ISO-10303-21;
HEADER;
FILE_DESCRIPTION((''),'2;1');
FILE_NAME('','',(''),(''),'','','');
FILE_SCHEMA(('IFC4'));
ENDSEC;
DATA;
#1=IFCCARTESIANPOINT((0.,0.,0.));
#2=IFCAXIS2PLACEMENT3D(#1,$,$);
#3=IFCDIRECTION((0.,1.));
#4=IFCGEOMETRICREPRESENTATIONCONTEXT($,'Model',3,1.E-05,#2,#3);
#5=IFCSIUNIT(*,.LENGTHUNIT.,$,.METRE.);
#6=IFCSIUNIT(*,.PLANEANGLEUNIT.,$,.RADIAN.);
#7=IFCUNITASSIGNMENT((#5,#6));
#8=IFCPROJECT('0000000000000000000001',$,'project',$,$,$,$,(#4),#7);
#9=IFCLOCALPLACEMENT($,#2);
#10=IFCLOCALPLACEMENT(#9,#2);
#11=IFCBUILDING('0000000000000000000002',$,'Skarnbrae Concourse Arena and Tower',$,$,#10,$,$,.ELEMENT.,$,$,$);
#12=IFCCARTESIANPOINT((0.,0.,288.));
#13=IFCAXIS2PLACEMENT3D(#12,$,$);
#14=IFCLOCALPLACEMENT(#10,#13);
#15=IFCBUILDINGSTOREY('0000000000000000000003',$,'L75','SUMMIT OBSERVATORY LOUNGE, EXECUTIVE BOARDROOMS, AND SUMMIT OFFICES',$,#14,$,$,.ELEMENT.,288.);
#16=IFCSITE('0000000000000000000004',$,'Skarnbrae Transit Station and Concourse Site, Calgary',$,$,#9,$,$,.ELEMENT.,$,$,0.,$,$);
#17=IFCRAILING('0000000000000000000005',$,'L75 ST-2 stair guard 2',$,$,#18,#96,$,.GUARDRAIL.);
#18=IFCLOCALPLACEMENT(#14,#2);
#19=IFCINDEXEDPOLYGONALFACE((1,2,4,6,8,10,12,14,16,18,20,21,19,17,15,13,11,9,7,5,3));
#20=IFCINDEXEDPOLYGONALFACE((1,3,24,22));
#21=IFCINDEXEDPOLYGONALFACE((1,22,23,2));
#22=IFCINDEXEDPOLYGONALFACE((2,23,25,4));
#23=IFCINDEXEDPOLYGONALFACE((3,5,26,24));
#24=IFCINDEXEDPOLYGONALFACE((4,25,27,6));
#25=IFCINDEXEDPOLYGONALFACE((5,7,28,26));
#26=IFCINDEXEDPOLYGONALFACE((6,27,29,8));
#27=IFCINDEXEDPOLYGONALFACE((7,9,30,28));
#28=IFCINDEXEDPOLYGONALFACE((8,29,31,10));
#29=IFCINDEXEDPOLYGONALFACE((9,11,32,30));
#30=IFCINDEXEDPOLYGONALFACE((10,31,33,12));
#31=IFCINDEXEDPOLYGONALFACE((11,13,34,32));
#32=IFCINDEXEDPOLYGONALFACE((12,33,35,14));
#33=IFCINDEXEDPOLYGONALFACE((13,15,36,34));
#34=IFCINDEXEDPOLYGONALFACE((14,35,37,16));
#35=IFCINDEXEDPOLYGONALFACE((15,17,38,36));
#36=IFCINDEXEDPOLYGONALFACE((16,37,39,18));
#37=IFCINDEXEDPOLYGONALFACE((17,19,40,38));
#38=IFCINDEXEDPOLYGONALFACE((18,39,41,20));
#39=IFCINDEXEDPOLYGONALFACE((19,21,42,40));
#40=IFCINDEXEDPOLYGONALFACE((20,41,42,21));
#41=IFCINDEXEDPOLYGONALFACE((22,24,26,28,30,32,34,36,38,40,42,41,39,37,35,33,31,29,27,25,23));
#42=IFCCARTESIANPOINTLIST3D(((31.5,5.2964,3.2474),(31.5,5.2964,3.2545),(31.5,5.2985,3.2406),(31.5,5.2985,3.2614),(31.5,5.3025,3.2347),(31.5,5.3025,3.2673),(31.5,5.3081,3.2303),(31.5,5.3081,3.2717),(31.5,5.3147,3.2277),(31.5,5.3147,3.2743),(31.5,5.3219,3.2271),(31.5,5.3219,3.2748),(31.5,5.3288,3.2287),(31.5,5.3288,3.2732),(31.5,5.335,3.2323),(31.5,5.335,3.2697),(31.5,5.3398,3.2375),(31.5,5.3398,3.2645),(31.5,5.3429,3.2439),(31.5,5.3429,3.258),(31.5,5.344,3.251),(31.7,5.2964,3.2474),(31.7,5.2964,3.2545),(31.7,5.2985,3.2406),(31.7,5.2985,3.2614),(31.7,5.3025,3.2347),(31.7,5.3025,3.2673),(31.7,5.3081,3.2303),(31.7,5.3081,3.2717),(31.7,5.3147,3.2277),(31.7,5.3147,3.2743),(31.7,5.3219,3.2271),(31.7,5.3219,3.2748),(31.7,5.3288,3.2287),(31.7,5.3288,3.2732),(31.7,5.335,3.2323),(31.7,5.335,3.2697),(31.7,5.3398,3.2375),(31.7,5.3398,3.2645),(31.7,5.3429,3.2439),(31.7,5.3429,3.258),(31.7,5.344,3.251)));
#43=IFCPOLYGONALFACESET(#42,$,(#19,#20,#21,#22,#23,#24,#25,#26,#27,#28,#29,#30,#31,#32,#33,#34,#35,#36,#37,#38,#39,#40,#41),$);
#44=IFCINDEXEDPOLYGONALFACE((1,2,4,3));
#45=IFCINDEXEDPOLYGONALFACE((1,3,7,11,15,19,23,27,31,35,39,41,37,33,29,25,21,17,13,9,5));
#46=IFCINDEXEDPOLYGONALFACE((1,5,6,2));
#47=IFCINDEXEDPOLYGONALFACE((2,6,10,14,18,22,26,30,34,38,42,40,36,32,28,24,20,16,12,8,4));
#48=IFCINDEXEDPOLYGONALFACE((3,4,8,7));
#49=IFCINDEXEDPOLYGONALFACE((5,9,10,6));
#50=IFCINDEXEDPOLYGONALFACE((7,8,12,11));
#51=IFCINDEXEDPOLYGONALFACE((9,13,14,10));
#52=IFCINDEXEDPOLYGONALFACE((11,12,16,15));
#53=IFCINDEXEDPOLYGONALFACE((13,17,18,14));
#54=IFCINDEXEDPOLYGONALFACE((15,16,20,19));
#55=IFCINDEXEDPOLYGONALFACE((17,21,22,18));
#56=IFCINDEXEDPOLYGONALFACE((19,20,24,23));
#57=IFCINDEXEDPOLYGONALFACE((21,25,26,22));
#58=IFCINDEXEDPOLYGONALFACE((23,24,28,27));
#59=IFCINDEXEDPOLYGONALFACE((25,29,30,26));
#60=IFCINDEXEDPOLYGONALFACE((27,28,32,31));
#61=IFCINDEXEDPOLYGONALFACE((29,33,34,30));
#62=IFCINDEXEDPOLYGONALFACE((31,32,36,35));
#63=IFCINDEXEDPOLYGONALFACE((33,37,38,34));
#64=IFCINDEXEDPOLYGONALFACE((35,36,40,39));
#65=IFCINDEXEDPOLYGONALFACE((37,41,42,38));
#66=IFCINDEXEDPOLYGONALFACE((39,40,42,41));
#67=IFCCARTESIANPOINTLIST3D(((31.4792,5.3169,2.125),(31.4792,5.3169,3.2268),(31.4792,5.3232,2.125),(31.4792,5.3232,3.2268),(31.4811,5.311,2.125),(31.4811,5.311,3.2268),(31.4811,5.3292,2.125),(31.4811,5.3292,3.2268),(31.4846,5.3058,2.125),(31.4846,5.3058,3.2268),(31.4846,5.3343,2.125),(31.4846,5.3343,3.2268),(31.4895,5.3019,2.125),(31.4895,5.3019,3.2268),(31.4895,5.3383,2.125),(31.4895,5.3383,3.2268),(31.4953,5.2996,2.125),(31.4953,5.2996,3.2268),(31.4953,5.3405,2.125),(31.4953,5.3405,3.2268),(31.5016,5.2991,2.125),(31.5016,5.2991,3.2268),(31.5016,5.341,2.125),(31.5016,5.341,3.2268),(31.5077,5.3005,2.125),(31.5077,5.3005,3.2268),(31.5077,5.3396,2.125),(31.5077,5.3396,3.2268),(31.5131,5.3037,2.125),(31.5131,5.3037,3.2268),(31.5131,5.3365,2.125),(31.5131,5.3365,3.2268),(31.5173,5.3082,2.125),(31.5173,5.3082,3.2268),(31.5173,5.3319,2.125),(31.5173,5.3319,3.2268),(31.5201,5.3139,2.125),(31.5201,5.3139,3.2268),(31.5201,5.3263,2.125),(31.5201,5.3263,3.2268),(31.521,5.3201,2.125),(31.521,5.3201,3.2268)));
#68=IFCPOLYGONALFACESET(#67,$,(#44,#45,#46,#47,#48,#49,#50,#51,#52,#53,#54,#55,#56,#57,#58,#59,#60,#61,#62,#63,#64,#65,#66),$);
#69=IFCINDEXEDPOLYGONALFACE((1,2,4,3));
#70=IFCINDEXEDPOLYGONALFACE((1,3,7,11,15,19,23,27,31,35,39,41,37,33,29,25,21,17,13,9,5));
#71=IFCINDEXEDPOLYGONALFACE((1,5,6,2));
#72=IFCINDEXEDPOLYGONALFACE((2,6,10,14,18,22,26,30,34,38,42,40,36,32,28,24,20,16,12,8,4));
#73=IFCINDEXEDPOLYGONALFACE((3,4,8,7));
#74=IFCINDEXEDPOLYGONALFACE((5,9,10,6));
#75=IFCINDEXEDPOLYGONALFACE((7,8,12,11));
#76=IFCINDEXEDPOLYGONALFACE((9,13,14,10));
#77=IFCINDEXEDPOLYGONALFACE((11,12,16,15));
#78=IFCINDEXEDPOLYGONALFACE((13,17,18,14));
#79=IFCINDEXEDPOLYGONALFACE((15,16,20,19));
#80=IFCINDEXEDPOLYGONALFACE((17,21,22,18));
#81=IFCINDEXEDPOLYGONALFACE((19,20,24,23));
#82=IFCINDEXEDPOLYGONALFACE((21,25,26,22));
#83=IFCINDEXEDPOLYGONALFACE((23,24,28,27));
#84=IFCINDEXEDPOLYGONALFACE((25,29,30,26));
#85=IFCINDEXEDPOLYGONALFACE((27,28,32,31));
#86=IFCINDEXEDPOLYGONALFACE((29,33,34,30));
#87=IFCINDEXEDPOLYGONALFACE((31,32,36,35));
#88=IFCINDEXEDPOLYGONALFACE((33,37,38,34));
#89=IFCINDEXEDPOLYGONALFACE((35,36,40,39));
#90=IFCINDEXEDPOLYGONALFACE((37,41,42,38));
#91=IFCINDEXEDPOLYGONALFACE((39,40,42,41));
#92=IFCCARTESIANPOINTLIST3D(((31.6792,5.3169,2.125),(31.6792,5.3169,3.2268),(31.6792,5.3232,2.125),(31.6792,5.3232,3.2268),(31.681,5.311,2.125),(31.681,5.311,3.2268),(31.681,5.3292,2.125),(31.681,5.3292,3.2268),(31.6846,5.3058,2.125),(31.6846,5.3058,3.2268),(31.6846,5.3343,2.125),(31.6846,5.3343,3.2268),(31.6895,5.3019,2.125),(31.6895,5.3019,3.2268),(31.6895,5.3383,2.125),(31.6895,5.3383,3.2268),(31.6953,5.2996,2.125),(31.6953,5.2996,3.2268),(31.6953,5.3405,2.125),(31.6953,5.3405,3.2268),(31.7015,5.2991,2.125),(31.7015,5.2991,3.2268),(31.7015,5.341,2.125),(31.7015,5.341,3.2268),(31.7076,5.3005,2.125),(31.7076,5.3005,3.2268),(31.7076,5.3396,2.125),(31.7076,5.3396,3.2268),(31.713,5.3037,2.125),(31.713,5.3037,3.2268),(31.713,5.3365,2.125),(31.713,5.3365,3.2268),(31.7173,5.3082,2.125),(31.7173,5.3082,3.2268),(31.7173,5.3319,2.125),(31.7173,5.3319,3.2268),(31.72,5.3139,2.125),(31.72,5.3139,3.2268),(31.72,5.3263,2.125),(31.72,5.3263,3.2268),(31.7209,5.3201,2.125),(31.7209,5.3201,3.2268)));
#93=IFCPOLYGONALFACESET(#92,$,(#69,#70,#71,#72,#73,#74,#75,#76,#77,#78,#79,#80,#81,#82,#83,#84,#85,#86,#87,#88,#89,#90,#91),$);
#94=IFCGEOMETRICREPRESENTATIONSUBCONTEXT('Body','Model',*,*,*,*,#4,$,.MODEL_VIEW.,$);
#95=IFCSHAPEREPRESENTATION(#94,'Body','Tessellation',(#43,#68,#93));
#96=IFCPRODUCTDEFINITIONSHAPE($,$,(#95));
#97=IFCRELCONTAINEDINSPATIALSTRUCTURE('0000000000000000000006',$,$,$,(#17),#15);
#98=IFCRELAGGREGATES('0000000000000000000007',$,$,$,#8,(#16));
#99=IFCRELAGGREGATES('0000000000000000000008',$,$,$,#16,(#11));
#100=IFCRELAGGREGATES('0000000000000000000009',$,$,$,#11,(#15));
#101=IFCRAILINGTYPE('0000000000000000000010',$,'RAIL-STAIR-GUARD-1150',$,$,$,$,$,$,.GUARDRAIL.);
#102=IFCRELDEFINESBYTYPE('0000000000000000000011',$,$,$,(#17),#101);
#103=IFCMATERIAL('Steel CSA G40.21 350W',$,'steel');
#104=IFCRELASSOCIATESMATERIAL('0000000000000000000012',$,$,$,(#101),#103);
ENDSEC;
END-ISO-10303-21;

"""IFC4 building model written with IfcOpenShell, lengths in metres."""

from ifc_helpers import new_model, si_unit, direction, frame, origin, origin_2d, place, context, subcontext, project, spatial, circle, extrude, material, type_object, element, save


model = new_model("IFC4")

# Units and contexts
model_context = context("Model", 3, precision=1e-05, world=origin(), true_north=direction((0.0, 1.0)))
body_context = subcontext(model_context, "Body", "Model", "MODEL_VIEW")
ifc_project = project(units=[si_unit("LENGTHUNIT", "METRE"), si_unit("PLANEANGLEUNIT", "RADIAN")], contexts=[model_context])

# Site, building, storey
site_placement = place(None, origin())
site = spatial("IfcSite", under=ifc_project, at=site_placement, Name="Skarnbrae Transit Station and Concourse Site, Calgary", CompositionType="ELEMENT", RefElevation=0.0)
building_placement = place(site_placement, origin())
building = spatial("IfcBuilding", under=site, at=building_placement, Name="Skarnbrae Concourse Arena and Tower", CompositionType="ELEMENT")
storey_placement = place(building_placement, frame((0.0, 0.0, 288.0)))
storey = spatial("IfcBuildingStorey", under=building, at=storey_placement, Name="L75", Description="SUMMIT OBSERVATORY LOUNGE, EXECUTIVE BOARDROOMS, AND SUMMIT OFFICES", CompositionType="ELEMENT", Elevation=288.0)

# Shared definitions
ifc_material_1 = material(Name="Steel CSA G40.21 350W", Category="steel")

# Railing
railing_type_1 = type_object("IfcRailingType", Name="RAIL-STAIR-GUARD-1150", PredefinedType="GUARDRAIL", material=ifc_material_1)
railing_1_placement = place(storey_placement, frame((31.5, 5.3201, 2.125)))
element("IfcRailing", 1, at=railing_1_placement, inside=storey, type_object=railing_type_1, Name="L75 ST-2 stair guard 2", PredefinedType="GUARDRAIL", context=body_context, shape_type="SweptSolid", body=[
    extrude(circle(Radius=0.0239, at=origin_2d()), frame((0.0, 0.0, 1.126), z_axis=(1.0, 0.0, 0.0), x_axis=(0.0, 1.0, 0.0)), (0.0, 0.0, 1.0), 0.2),
    extrude(circle(Radius=0.021, at=origin_2d()), origin(), (0.0, 0.0, 1.0), 1.1018),
    extrude(circle(Radius=0.021, at=origin_2d()), frame((0.2, 0.0, 0.0)), (0.0, 0.0, 1.0), 1.1018),
])

save(model, "model.ifc")
